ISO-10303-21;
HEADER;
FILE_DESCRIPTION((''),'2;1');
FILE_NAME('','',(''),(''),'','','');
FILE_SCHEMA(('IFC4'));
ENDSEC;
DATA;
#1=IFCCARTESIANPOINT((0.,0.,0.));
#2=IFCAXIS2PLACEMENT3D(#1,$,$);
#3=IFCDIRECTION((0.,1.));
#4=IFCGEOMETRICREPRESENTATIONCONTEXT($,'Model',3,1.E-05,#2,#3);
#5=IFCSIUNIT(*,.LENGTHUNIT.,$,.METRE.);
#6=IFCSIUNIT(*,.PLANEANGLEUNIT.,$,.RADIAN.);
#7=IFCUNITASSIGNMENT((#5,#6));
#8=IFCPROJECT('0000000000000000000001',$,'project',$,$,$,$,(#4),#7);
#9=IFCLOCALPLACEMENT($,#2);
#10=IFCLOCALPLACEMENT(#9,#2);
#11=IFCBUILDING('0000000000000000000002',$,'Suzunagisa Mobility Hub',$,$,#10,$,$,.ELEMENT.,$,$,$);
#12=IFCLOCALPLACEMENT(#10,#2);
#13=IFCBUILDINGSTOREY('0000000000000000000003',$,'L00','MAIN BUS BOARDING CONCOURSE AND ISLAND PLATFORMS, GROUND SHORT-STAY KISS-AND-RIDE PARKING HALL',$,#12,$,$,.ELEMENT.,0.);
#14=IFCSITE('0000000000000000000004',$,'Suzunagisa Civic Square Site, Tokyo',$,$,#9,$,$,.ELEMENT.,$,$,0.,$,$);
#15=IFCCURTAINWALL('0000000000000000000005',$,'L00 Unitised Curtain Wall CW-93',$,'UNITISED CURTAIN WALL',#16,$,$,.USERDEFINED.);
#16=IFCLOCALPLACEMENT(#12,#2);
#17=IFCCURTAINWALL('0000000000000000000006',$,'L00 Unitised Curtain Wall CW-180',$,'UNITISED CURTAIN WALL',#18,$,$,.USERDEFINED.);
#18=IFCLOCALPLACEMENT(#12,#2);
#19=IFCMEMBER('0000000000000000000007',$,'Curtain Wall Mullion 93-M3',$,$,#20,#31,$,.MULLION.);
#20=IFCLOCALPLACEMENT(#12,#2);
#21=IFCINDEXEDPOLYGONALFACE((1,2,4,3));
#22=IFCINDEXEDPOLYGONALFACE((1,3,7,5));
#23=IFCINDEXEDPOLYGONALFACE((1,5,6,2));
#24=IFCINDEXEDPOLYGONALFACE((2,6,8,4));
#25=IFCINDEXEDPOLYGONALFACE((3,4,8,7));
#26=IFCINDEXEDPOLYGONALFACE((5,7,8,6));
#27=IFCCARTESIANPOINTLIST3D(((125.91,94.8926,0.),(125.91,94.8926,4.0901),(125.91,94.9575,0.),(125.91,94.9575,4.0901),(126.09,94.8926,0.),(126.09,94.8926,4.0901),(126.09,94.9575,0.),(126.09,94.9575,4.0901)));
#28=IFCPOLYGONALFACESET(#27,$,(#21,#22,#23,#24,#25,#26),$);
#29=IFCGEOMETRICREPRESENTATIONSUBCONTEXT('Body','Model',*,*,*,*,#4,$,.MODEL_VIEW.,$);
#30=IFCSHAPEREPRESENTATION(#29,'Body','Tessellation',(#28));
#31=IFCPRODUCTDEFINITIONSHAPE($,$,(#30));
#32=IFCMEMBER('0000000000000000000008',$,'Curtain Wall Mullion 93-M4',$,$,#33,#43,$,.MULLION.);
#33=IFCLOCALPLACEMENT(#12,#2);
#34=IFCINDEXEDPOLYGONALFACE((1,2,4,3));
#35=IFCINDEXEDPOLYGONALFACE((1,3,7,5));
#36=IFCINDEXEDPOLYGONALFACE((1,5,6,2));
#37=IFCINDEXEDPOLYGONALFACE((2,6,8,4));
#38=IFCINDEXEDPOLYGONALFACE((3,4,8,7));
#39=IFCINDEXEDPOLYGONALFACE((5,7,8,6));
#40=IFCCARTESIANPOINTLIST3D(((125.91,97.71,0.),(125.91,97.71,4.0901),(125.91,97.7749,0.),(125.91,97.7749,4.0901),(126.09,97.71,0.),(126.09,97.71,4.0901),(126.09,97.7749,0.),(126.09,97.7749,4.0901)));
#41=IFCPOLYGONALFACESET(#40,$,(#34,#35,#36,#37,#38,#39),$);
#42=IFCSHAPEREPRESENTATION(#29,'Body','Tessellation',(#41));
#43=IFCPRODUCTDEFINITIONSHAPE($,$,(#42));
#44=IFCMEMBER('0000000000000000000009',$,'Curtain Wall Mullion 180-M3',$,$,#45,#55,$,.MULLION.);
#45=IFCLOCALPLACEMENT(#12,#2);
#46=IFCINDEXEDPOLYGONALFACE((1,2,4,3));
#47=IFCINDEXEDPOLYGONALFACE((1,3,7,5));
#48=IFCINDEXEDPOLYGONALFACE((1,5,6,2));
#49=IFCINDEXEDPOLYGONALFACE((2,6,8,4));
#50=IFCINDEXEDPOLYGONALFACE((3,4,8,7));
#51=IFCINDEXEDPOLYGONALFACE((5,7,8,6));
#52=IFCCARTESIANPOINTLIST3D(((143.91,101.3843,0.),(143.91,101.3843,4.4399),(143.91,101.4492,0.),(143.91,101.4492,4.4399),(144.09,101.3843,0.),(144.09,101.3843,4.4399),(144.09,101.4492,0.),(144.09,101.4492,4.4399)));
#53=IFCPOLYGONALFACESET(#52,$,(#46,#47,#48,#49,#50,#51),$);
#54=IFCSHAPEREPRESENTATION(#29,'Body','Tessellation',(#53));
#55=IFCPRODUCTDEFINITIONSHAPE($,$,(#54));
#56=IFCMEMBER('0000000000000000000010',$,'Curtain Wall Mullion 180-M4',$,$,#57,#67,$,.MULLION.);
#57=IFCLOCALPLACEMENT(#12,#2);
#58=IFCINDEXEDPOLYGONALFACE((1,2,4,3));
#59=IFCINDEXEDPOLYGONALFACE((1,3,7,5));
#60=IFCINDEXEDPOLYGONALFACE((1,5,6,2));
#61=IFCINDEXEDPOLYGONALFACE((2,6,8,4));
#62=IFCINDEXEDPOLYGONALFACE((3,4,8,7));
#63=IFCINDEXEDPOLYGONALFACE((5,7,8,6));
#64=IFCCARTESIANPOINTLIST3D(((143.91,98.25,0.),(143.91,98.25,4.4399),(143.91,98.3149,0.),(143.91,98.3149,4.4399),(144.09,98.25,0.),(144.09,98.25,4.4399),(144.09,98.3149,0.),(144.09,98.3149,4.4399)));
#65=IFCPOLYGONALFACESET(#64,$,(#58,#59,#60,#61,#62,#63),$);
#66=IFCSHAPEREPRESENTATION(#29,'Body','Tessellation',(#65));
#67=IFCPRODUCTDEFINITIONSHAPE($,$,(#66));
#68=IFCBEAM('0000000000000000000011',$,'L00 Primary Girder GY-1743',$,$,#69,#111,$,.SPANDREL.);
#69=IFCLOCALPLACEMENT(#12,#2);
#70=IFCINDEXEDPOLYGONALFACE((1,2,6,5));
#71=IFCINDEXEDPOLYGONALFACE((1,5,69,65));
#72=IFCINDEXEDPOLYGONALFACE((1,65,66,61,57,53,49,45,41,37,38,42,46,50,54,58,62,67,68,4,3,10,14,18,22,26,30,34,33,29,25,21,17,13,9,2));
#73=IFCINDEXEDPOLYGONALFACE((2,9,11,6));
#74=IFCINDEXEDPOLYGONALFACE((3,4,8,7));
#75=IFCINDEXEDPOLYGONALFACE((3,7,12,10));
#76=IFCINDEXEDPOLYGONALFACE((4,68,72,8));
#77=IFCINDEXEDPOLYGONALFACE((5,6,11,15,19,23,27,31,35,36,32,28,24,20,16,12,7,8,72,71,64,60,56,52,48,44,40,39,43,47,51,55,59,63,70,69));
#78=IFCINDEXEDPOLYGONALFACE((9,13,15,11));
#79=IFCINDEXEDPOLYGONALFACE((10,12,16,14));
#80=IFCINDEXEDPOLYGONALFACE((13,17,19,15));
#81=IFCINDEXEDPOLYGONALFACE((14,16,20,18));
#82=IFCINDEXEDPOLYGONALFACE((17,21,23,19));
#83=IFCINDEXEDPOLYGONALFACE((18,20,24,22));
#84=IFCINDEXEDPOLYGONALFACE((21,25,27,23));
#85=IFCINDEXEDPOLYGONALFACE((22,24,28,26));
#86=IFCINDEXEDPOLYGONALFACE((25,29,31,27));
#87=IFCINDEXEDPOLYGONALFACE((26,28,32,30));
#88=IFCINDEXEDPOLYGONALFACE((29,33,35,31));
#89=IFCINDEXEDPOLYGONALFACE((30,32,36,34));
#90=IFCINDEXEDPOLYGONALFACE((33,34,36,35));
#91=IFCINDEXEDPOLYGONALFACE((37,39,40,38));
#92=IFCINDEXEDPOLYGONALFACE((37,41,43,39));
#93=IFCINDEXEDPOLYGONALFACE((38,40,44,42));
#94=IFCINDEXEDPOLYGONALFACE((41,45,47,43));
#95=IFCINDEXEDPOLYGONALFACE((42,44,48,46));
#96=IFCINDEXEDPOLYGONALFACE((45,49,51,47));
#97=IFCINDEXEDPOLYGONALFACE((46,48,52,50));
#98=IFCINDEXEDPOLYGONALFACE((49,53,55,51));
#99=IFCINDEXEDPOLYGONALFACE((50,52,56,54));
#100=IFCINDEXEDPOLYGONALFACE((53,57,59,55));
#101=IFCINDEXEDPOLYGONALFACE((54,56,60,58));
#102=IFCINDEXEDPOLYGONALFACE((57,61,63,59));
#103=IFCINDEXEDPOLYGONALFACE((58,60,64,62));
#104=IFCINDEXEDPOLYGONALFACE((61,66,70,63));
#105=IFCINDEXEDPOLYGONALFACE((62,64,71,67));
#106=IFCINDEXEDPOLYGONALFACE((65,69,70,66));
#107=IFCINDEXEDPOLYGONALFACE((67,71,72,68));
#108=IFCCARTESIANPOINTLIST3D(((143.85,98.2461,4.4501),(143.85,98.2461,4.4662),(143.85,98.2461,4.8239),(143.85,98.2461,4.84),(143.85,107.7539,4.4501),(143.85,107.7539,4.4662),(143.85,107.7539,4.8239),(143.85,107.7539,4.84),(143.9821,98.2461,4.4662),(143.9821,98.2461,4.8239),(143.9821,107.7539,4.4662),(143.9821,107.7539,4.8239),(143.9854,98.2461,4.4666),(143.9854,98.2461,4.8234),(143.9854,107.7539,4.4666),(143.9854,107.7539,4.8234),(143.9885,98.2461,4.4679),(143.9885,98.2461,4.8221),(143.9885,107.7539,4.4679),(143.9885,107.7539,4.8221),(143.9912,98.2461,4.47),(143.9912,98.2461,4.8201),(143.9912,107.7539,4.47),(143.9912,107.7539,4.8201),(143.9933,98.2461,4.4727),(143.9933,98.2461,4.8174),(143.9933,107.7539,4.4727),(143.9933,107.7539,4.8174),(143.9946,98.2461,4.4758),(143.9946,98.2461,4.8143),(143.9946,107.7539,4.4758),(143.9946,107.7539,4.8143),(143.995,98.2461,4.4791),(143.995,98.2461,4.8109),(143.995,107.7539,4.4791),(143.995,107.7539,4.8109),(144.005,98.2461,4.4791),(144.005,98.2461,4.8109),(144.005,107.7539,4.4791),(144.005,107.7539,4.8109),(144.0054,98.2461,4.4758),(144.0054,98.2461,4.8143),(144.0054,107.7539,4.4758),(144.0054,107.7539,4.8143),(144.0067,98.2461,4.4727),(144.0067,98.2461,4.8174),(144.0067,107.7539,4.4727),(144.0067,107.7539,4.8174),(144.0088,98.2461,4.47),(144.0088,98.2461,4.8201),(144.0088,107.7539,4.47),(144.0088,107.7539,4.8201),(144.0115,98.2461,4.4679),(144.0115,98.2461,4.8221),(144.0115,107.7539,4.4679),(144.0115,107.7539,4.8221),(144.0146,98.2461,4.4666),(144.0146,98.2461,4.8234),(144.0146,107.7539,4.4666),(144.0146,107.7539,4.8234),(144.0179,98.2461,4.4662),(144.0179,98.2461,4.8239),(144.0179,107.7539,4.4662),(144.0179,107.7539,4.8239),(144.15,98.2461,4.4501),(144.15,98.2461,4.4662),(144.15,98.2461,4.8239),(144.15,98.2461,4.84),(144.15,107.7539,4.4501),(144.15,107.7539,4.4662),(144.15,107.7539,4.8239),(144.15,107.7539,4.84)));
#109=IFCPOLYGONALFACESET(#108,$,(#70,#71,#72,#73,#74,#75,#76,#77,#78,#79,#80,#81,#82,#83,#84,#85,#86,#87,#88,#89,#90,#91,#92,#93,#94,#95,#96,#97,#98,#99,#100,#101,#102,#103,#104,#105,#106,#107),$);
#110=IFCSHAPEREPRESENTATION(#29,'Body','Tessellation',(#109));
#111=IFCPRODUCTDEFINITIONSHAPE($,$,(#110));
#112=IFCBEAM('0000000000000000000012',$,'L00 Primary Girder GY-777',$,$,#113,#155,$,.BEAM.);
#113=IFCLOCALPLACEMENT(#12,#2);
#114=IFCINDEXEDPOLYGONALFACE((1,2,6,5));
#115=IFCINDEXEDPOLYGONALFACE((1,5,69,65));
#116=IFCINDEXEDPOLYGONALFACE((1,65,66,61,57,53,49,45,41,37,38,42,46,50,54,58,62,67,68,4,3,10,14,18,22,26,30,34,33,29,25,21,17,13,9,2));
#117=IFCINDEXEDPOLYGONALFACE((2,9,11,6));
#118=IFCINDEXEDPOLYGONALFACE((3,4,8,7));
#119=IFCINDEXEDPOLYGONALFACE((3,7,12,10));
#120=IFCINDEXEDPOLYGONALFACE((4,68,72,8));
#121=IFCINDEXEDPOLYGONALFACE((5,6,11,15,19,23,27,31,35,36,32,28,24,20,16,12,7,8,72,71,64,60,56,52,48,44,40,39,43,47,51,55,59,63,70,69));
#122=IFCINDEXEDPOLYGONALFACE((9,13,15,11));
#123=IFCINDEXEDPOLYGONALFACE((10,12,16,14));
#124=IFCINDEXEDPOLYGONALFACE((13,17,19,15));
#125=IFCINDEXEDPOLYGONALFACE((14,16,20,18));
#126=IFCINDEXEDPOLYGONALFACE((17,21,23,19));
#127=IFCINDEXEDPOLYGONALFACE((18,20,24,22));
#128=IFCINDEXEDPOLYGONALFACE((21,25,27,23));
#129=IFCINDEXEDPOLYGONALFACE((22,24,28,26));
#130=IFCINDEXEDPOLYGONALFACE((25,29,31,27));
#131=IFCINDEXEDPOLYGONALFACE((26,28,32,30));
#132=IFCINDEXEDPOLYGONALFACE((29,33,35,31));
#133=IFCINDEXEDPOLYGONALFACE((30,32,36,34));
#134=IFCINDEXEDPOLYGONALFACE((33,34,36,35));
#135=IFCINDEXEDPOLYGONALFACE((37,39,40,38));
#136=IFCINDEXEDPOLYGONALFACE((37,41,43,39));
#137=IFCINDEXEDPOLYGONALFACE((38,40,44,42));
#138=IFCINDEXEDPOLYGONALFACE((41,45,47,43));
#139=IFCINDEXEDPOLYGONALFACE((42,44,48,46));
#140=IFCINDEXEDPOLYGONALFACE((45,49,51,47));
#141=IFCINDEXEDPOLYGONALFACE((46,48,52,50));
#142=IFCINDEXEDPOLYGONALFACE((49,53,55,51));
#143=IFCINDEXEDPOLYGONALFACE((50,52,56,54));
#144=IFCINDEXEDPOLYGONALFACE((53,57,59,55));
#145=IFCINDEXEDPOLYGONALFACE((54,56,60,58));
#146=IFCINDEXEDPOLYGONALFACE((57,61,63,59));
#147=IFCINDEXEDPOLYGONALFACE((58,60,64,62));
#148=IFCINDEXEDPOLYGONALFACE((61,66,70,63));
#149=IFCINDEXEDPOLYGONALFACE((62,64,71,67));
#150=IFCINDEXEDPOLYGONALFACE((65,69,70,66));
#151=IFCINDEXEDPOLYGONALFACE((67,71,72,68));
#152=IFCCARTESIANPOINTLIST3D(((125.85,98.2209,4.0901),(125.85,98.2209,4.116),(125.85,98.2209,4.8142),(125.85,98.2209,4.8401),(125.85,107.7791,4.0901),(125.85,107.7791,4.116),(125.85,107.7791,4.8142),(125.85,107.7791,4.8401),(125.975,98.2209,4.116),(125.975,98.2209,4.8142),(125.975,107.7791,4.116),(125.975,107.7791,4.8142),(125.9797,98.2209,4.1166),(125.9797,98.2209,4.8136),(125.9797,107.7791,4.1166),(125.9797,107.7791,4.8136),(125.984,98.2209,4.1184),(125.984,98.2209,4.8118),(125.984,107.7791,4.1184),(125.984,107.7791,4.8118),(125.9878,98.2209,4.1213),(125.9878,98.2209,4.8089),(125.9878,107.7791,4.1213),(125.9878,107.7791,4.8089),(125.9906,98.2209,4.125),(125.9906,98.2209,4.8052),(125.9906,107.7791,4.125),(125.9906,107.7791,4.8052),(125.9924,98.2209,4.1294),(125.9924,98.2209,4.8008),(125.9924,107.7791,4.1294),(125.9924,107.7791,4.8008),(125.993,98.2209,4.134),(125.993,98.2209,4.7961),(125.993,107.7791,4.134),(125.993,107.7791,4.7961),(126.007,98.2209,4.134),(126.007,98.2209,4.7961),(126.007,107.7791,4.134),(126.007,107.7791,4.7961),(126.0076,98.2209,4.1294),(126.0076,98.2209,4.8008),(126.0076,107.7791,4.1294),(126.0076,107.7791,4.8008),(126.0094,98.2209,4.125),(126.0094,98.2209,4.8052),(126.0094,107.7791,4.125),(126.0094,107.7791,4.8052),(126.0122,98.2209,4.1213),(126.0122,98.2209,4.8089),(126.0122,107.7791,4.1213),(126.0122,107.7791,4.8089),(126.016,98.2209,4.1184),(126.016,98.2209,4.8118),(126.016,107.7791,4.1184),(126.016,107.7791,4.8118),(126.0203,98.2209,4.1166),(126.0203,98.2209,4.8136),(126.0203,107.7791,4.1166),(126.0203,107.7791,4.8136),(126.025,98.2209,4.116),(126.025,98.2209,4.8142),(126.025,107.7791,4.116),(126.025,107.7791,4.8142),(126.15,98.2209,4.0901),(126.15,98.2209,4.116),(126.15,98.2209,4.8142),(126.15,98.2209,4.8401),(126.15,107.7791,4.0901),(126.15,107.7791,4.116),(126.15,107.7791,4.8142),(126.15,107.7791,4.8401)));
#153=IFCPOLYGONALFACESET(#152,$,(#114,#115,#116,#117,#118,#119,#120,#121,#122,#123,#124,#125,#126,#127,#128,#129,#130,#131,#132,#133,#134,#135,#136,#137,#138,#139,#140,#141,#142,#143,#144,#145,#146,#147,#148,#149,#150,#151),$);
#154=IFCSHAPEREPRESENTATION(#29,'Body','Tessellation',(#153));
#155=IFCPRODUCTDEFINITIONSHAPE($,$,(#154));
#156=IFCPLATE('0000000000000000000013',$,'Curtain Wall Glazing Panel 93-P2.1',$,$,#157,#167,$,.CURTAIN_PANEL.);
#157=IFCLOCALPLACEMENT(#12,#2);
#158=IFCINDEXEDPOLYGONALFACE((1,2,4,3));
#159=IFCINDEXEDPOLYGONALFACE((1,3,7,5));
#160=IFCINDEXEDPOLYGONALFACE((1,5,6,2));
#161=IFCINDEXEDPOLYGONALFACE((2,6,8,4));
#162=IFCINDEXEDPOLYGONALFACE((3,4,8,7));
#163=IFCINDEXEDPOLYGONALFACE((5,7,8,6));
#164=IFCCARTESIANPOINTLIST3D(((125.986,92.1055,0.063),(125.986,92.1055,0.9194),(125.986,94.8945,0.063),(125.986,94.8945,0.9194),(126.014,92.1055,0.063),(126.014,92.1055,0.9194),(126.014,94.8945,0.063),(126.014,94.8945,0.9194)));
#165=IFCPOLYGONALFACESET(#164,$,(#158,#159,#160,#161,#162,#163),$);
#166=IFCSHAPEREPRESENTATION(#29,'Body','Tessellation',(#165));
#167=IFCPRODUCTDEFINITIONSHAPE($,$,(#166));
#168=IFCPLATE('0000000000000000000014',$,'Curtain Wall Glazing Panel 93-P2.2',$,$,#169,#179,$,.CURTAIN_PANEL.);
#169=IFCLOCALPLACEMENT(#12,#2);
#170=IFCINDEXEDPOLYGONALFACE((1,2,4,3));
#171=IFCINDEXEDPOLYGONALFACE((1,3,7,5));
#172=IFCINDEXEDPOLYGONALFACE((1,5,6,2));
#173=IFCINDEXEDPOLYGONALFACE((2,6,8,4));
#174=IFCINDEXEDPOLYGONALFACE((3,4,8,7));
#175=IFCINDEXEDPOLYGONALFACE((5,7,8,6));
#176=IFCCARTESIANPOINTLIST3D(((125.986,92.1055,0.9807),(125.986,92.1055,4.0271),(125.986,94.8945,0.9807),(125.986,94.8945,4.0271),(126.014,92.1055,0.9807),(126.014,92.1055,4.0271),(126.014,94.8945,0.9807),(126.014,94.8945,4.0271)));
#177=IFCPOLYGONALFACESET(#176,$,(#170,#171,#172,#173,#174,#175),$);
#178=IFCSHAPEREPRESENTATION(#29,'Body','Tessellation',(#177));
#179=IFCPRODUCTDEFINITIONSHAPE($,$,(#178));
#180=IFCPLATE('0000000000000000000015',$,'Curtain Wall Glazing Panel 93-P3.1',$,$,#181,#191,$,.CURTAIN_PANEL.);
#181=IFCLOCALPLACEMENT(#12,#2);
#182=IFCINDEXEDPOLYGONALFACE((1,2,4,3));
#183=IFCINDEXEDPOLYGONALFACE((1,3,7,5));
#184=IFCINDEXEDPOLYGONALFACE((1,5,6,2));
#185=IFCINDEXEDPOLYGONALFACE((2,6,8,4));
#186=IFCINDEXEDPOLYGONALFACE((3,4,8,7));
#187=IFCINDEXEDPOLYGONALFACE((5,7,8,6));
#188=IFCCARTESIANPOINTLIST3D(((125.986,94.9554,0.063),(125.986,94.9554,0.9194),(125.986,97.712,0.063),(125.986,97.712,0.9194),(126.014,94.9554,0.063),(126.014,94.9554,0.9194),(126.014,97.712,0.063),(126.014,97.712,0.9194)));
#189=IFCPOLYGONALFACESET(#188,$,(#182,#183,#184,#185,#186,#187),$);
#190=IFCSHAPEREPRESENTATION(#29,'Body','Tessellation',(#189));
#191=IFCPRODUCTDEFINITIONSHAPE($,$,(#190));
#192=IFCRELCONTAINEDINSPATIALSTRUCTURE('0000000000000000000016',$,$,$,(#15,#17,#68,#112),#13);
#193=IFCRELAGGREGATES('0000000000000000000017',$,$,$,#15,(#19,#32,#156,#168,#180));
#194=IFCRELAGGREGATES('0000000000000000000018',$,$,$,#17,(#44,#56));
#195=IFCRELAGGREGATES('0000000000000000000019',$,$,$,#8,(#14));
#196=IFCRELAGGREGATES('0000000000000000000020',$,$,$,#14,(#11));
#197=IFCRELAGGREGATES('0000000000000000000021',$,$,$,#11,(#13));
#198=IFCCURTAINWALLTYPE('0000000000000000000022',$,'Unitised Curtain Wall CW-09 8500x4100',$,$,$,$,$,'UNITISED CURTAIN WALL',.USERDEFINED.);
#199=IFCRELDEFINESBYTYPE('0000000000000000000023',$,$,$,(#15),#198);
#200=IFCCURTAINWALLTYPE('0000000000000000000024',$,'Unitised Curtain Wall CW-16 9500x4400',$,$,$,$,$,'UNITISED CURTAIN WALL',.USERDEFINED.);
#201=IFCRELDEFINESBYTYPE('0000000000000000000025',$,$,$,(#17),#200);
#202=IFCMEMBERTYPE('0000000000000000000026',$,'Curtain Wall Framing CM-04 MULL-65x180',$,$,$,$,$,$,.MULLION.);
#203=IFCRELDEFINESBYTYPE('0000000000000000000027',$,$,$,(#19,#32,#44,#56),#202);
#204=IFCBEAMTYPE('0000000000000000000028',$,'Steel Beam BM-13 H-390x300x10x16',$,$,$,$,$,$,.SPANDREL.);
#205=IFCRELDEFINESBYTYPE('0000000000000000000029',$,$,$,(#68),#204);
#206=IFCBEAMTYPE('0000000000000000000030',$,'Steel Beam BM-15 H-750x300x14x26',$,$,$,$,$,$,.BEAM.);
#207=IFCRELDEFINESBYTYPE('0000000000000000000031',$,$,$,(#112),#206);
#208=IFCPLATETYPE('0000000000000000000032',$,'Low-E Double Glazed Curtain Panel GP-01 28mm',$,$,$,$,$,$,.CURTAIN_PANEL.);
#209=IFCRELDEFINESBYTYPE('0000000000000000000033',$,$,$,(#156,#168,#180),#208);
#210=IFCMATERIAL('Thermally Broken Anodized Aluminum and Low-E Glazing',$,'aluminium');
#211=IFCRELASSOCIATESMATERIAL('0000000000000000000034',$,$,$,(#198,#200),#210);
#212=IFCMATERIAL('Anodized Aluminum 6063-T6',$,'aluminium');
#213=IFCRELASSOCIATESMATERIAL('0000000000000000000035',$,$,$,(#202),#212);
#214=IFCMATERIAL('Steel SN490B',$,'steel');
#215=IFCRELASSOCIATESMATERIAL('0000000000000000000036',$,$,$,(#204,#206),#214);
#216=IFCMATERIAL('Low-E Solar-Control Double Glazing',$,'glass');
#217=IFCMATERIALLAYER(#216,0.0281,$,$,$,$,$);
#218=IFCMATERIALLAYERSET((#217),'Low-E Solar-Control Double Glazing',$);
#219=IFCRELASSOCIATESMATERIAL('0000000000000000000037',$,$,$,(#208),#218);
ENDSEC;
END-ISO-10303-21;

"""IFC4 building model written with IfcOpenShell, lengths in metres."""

from ifc_helpers import new_model, si_unit, direction, frame, origin, origin_2d, place, context, subcontext, project, spatial, rectangle, i_section, extrude, material, layer, layer_set, material_profile, profile_set, type_object, element, aggregate, save


model = new_model("IFC4")

# Units and contexts
model_context = context("Model", 3, precision=1e-05, world=origin(), true_north=direction((0.0, 1.0)))
body_context = subcontext(model_context, "Body", "Model", "MODEL_VIEW")
ifc_project = project(units=[si_unit("LENGTHUNIT", "METRE"), si_unit("PLANEANGLEUNIT", "RADIAN")], contexts=[model_context])

# Site, building, storey
site_placement = place(None, origin())
site = spatial("IfcSite", under=ifc_project, at=site_placement, Name="Suzunagisa Civic Square Site, Tokyo", CompositionType="ELEMENT", RefElevation=0.0)
building_placement = place(site_placement, origin())
building = spatial("IfcBuilding", under=site, at=building_placement, Name="Suzunagisa Mobility Hub", CompositionType="ELEMENT")
storey_placement = place(building_placement, origin())
storey = spatial("IfcBuildingStorey", under=building, at=storey_placement, Name="L00", Description="MAIN BUS BOARDING CONCOURSE AND ISLAND PLATFORMS, GROUND SHORT-STAY KISS-AND-RIDE PARKING HALL", CompositionType="ELEMENT", Elevation=0.0)

# Shared definitions
ifc_material_1 = material(Name="Steel SN490B", Category="steel")

# Curtain walls
ifc_material_2 = material(Name="Thermally Broken Anodized Aluminum and Low-E Glazing", Category="aluminium")
curtain_wall_type_1 = type_object("IfcCurtainWallType", Name="Unitised Curtain Wall CW-09 8500x4100", ElementType="UNITISED CURTAIN WALL", PredefinedType="USERDEFINED", material=ifc_material_2)
curtain_wall_1_placement = place(storey_placement, origin())
curtain_wall_1 = element("IfcCurtainWall", 1, at=curtain_wall_1_placement, inside=storey, type_object=curtain_wall_type_1, Name="L00 Unitised Curtain Wall CW-93", ObjectType="UNITISED CURTAIN WALL", PredefinedType="USERDEFINED")
ifc_material_3 = material(Name="Anodized Aluminum 6063-T6", Category="aluminium")
curtain_wall_type_2 = type_object("IfcCurtainWallType", Name="Unitised Curtain Wall CW-16 9500x4400", ElementType="UNITISED CURTAIN WALL", PredefinedType="USERDEFINED", material=ifc_material_2)
curtain_wall_2_placement = place(storey_placement, origin())
curtain_wall_2 = element("IfcCurtainWall", 2, at=curtain_wall_2_placement, inside=storey, type_object=curtain_wall_type_2, Name="L00 Unitised Curtain Wall CW-180", ObjectType="UNITISED CURTAIN WALL", PredefinedType="USERDEFINED")

# Members
ifc_material_profile_1 = material_profile(ifc_material_3, rectangle(XDim=0.0649, YDim=0.1799, at=origin_2d()), Name="MULL-65x180")
ifc_profile_set_1 = profile_set([ifc_material_profile_1], Name="Anodized Aluminum 6063-T6")
member_type_1 = type_object("IfcMemberType", Name="Curtain Wall Framing CM-04 MULL-65x180", PredefinedType="MULLION", material=ifc_profile_set_1)
member_1_placement = place(storey_placement, frame((126.0, 94.925, 0.0), z_axis=(0.0, 0.0, 1.0), x_axis=(0.0, 1.0, 0.0)))
member_1 = element("IfcMember", 3, at=member_1_placement, type_object=member_type_1, Name="Curtain Wall Mullion 93-M3", PredefinedType="MULLION", context=body_context, shape_type="SweptSolid", body=[
    extrude(rectangle(XDim=0.0649, YDim=0.1799, at=origin_2d()), origin(), (0.0, 0.0, 1.0), 4.0901),
])
member_2_placement = place(storey_placement, frame((126.0, 97.7424, 0.0), z_axis=(0.0, 0.0, 1.0), x_axis=(0.0, 1.0, 0.0)))
member_2 = element("IfcMember", 4, at=member_2_placement, type_object=member_type_1, Name="Curtain Wall Mullion 93-M4", PredefinedType="MULLION", context=body_context, shape_type="SweptSolid", body=[
    extrude(rectangle(XDim=0.0649, YDim=0.1799, at=origin_2d()), origin(), (0.0, 0.0, 1.0), 4.0901),
])
member_3_placement = place(storey_placement, frame((144.0, 101.4167, 0.0), z_axis=(0.0, 0.0, 1.0), x_axis=(0.0, -1.0, 0.0)))
member_3 = element("IfcMember", 5, at=member_3_placement, type_object=member_type_1, Name="Curtain Wall Mullion 180-M3", PredefinedType="MULLION", context=body_context, shape_type="SweptSolid", body=[
    extrude(rectangle(XDim=0.0649, YDim=0.1799, at=origin_2d()), origin(), (0.0, 0.0, 1.0), 4.4399),
])
member_4_placement = place(storey_placement, frame((144.0, 98.2825, 0.0), z_axis=(0.0, 0.0, 1.0), x_axis=(0.0, -1.0, 0.0)))
member_4 = element("IfcMember", 6, at=member_4_placement, type_object=member_type_1, Name="Curtain Wall Mullion 180-M4", PredefinedType="MULLION", context=body_context, shape_type="SweptSolid", body=[
    extrude(rectangle(XDim=0.0649, YDim=0.1799, at=origin_2d()), origin(), (0.0, 0.0, 1.0), 4.4399),
])

# Beams
ifc_material_profile_2 = material_profile(ifc_material_1, i_section(OverallWidth=0.3, OverallDepth=0.3899, WebThickness=0.01, FlangeThickness=0.0161, FilletRadius=0.0129, at=origin_2d()), Name="H-390x300x10x16")
ifc_profile_set_2 = profile_set([ifc_material_profile_2], Name="Steel SN490B")
beam_type_1 = type_object("IfcBeamType", Name="Steel Beam BM-13 H-390x300x10x16", PredefinedType="SPANDREL", material=ifc_profile_set_2)
beam_1_placement = place(storey_placement, frame((144.0, 98.2461, 4.645), z_axis=(0.0, 1.0, 0.0), x_axis=(-1.0, 0.0, 0.0)))
element("IfcBeam", 7, at=beam_1_placement, inside=storey, type_object=beam_type_1, Name="L00 Primary Girder GY-1743", PredefinedType="SPANDREL", context=body_context, shape_type="SweptSolid", body=[
    extrude(i_section(OverallWidth=0.3, OverallDepth=0.3899, WebThickness=0.01, FlangeThickness=0.0161, FilletRadius=0.0129, at=origin_2d()), origin(), (0.0, 0.0, 1.0), 9.5078),
])
ifc_material_profile_3 = material_profile(ifc_material_1, i_section(OverallWidth=0.3, OverallDepth=0.75, WebThickness=0.0139, FlangeThickness=0.0259, FilletRadius=0.0181, at=origin_2d()), Name="H-750x300x14x26")
ifc_profile_set_3 = profile_set([ifc_material_profile_3], Name="Steel SN490B")
beam_type_2 = type_object("IfcBeamType", Name="Steel Beam BM-15 H-750x300x14x26", PredefinedType="BEAM", material=ifc_profile_set_3)
beam_2_placement = place(storey_placement, frame((126.0, 98.2209, 4.4651), z_axis=(0.0, 1.0, 0.0), x_axis=(-1.0, 0.0, 0.0)))
element("IfcBeam", 8, at=beam_2_placement, inside=storey, type_object=beam_type_2, Name="L00 Primary Girder GY-777", PredefinedType="BEAM", context=body_context, shape_type="SweptSolid", body=[
    extrude(i_section(OverallWidth=0.3, OverallDepth=0.75, WebThickness=0.0139, FlangeThickness=0.0259, FilletRadius=0.0181, at=origin_2d()), origin(), (0.0, 0.0, 1.0), 9.5581),
])

# Plates
ifc_material_4 = material(Name="Low-E Solar-Control Double Glazing", Category="glass")
ifc_layer_1 = layer(ifc_material_4, 0.0281)
ifc_layer_set_1 = layer_set([ifc_layer_1], Name="Low-E Solar-Control Double Glazing")
plate_type = type_object("IfcPlateType", Name="Low-E Double Glazed Curtain Panel GP-01 28mm", PredefinedType="CURTAIN_PANEL", material=ifc_layer_set_1)
plate_1_placement = place(storey_placement, frame((126.0, 93.5, 0.063), z_axis=(0.0, 0.0, 1.0), x_axis=(0.0, 1.0, 0.0)))
plate_1 = element("IfcPlate", 9, at=plate_1_placement, type_object=plate_type, Name="Curtain Wall Glazing Panel 93-P2.1", PredefinedType="CURTAIN_PANEL", context=body_context, shape_type="SweptSolid", body=[
    extrude(rectangle(XDim=2.7891, YDim=0.0281, at=origin_2d()), origin(), (0.0, 0.0, 1.0), 0.8564),
])
plate_2_placement = place(storey_placement, frame((126.0, 93.5, 0.9807), z_axis=(0.0, 0.0, 1.0), x_axis=(0.0, 1.0, 0.0)))
plate_2 = element("IfcPlate", 10, at=plate_2_placement, type_object=plate_type, Name="Curtain Wall Glazing Panel 93-P2.2", PredefinedType="CURTAIN_PANEL", context=body_context, shape_type="SweptSolid", body=[
    extrude(rectangle(XDim=2.7891, YDim=0.0281, at=origin_2d()), origin(), (0.0, 0.0, 1.0), 3.0464),
])
plate_3_placement = place(storey_placement, frame((126.0, 96.3337, 0.063), z_axis=(0.0, 0.0, 1.0), x_axis=(0.0, 1.0, 0.0)))
plate_3 = element("IfcPlate", 11, at=plate_3_placement, type_object=plate_type, Name="Curtain Wall Glazing Panel 93-P3.1", PredefinedType="CURTAIN_PANEL", context=body_context, shape_type="SweptSolid", body=[
    extrude(rectangle(XDim=2.7566, YDim=0.0281, at=origin_2d()), origin(), (0.0, 0.0, 1.0), 0.8564),
])
aggregate(curtain_wall_1, [member_1, member_2, plate_1, plate_2, plate_3])
aggregate(curtain_wall_2, [member_3, member_4])

save(model, "model.ifc")
